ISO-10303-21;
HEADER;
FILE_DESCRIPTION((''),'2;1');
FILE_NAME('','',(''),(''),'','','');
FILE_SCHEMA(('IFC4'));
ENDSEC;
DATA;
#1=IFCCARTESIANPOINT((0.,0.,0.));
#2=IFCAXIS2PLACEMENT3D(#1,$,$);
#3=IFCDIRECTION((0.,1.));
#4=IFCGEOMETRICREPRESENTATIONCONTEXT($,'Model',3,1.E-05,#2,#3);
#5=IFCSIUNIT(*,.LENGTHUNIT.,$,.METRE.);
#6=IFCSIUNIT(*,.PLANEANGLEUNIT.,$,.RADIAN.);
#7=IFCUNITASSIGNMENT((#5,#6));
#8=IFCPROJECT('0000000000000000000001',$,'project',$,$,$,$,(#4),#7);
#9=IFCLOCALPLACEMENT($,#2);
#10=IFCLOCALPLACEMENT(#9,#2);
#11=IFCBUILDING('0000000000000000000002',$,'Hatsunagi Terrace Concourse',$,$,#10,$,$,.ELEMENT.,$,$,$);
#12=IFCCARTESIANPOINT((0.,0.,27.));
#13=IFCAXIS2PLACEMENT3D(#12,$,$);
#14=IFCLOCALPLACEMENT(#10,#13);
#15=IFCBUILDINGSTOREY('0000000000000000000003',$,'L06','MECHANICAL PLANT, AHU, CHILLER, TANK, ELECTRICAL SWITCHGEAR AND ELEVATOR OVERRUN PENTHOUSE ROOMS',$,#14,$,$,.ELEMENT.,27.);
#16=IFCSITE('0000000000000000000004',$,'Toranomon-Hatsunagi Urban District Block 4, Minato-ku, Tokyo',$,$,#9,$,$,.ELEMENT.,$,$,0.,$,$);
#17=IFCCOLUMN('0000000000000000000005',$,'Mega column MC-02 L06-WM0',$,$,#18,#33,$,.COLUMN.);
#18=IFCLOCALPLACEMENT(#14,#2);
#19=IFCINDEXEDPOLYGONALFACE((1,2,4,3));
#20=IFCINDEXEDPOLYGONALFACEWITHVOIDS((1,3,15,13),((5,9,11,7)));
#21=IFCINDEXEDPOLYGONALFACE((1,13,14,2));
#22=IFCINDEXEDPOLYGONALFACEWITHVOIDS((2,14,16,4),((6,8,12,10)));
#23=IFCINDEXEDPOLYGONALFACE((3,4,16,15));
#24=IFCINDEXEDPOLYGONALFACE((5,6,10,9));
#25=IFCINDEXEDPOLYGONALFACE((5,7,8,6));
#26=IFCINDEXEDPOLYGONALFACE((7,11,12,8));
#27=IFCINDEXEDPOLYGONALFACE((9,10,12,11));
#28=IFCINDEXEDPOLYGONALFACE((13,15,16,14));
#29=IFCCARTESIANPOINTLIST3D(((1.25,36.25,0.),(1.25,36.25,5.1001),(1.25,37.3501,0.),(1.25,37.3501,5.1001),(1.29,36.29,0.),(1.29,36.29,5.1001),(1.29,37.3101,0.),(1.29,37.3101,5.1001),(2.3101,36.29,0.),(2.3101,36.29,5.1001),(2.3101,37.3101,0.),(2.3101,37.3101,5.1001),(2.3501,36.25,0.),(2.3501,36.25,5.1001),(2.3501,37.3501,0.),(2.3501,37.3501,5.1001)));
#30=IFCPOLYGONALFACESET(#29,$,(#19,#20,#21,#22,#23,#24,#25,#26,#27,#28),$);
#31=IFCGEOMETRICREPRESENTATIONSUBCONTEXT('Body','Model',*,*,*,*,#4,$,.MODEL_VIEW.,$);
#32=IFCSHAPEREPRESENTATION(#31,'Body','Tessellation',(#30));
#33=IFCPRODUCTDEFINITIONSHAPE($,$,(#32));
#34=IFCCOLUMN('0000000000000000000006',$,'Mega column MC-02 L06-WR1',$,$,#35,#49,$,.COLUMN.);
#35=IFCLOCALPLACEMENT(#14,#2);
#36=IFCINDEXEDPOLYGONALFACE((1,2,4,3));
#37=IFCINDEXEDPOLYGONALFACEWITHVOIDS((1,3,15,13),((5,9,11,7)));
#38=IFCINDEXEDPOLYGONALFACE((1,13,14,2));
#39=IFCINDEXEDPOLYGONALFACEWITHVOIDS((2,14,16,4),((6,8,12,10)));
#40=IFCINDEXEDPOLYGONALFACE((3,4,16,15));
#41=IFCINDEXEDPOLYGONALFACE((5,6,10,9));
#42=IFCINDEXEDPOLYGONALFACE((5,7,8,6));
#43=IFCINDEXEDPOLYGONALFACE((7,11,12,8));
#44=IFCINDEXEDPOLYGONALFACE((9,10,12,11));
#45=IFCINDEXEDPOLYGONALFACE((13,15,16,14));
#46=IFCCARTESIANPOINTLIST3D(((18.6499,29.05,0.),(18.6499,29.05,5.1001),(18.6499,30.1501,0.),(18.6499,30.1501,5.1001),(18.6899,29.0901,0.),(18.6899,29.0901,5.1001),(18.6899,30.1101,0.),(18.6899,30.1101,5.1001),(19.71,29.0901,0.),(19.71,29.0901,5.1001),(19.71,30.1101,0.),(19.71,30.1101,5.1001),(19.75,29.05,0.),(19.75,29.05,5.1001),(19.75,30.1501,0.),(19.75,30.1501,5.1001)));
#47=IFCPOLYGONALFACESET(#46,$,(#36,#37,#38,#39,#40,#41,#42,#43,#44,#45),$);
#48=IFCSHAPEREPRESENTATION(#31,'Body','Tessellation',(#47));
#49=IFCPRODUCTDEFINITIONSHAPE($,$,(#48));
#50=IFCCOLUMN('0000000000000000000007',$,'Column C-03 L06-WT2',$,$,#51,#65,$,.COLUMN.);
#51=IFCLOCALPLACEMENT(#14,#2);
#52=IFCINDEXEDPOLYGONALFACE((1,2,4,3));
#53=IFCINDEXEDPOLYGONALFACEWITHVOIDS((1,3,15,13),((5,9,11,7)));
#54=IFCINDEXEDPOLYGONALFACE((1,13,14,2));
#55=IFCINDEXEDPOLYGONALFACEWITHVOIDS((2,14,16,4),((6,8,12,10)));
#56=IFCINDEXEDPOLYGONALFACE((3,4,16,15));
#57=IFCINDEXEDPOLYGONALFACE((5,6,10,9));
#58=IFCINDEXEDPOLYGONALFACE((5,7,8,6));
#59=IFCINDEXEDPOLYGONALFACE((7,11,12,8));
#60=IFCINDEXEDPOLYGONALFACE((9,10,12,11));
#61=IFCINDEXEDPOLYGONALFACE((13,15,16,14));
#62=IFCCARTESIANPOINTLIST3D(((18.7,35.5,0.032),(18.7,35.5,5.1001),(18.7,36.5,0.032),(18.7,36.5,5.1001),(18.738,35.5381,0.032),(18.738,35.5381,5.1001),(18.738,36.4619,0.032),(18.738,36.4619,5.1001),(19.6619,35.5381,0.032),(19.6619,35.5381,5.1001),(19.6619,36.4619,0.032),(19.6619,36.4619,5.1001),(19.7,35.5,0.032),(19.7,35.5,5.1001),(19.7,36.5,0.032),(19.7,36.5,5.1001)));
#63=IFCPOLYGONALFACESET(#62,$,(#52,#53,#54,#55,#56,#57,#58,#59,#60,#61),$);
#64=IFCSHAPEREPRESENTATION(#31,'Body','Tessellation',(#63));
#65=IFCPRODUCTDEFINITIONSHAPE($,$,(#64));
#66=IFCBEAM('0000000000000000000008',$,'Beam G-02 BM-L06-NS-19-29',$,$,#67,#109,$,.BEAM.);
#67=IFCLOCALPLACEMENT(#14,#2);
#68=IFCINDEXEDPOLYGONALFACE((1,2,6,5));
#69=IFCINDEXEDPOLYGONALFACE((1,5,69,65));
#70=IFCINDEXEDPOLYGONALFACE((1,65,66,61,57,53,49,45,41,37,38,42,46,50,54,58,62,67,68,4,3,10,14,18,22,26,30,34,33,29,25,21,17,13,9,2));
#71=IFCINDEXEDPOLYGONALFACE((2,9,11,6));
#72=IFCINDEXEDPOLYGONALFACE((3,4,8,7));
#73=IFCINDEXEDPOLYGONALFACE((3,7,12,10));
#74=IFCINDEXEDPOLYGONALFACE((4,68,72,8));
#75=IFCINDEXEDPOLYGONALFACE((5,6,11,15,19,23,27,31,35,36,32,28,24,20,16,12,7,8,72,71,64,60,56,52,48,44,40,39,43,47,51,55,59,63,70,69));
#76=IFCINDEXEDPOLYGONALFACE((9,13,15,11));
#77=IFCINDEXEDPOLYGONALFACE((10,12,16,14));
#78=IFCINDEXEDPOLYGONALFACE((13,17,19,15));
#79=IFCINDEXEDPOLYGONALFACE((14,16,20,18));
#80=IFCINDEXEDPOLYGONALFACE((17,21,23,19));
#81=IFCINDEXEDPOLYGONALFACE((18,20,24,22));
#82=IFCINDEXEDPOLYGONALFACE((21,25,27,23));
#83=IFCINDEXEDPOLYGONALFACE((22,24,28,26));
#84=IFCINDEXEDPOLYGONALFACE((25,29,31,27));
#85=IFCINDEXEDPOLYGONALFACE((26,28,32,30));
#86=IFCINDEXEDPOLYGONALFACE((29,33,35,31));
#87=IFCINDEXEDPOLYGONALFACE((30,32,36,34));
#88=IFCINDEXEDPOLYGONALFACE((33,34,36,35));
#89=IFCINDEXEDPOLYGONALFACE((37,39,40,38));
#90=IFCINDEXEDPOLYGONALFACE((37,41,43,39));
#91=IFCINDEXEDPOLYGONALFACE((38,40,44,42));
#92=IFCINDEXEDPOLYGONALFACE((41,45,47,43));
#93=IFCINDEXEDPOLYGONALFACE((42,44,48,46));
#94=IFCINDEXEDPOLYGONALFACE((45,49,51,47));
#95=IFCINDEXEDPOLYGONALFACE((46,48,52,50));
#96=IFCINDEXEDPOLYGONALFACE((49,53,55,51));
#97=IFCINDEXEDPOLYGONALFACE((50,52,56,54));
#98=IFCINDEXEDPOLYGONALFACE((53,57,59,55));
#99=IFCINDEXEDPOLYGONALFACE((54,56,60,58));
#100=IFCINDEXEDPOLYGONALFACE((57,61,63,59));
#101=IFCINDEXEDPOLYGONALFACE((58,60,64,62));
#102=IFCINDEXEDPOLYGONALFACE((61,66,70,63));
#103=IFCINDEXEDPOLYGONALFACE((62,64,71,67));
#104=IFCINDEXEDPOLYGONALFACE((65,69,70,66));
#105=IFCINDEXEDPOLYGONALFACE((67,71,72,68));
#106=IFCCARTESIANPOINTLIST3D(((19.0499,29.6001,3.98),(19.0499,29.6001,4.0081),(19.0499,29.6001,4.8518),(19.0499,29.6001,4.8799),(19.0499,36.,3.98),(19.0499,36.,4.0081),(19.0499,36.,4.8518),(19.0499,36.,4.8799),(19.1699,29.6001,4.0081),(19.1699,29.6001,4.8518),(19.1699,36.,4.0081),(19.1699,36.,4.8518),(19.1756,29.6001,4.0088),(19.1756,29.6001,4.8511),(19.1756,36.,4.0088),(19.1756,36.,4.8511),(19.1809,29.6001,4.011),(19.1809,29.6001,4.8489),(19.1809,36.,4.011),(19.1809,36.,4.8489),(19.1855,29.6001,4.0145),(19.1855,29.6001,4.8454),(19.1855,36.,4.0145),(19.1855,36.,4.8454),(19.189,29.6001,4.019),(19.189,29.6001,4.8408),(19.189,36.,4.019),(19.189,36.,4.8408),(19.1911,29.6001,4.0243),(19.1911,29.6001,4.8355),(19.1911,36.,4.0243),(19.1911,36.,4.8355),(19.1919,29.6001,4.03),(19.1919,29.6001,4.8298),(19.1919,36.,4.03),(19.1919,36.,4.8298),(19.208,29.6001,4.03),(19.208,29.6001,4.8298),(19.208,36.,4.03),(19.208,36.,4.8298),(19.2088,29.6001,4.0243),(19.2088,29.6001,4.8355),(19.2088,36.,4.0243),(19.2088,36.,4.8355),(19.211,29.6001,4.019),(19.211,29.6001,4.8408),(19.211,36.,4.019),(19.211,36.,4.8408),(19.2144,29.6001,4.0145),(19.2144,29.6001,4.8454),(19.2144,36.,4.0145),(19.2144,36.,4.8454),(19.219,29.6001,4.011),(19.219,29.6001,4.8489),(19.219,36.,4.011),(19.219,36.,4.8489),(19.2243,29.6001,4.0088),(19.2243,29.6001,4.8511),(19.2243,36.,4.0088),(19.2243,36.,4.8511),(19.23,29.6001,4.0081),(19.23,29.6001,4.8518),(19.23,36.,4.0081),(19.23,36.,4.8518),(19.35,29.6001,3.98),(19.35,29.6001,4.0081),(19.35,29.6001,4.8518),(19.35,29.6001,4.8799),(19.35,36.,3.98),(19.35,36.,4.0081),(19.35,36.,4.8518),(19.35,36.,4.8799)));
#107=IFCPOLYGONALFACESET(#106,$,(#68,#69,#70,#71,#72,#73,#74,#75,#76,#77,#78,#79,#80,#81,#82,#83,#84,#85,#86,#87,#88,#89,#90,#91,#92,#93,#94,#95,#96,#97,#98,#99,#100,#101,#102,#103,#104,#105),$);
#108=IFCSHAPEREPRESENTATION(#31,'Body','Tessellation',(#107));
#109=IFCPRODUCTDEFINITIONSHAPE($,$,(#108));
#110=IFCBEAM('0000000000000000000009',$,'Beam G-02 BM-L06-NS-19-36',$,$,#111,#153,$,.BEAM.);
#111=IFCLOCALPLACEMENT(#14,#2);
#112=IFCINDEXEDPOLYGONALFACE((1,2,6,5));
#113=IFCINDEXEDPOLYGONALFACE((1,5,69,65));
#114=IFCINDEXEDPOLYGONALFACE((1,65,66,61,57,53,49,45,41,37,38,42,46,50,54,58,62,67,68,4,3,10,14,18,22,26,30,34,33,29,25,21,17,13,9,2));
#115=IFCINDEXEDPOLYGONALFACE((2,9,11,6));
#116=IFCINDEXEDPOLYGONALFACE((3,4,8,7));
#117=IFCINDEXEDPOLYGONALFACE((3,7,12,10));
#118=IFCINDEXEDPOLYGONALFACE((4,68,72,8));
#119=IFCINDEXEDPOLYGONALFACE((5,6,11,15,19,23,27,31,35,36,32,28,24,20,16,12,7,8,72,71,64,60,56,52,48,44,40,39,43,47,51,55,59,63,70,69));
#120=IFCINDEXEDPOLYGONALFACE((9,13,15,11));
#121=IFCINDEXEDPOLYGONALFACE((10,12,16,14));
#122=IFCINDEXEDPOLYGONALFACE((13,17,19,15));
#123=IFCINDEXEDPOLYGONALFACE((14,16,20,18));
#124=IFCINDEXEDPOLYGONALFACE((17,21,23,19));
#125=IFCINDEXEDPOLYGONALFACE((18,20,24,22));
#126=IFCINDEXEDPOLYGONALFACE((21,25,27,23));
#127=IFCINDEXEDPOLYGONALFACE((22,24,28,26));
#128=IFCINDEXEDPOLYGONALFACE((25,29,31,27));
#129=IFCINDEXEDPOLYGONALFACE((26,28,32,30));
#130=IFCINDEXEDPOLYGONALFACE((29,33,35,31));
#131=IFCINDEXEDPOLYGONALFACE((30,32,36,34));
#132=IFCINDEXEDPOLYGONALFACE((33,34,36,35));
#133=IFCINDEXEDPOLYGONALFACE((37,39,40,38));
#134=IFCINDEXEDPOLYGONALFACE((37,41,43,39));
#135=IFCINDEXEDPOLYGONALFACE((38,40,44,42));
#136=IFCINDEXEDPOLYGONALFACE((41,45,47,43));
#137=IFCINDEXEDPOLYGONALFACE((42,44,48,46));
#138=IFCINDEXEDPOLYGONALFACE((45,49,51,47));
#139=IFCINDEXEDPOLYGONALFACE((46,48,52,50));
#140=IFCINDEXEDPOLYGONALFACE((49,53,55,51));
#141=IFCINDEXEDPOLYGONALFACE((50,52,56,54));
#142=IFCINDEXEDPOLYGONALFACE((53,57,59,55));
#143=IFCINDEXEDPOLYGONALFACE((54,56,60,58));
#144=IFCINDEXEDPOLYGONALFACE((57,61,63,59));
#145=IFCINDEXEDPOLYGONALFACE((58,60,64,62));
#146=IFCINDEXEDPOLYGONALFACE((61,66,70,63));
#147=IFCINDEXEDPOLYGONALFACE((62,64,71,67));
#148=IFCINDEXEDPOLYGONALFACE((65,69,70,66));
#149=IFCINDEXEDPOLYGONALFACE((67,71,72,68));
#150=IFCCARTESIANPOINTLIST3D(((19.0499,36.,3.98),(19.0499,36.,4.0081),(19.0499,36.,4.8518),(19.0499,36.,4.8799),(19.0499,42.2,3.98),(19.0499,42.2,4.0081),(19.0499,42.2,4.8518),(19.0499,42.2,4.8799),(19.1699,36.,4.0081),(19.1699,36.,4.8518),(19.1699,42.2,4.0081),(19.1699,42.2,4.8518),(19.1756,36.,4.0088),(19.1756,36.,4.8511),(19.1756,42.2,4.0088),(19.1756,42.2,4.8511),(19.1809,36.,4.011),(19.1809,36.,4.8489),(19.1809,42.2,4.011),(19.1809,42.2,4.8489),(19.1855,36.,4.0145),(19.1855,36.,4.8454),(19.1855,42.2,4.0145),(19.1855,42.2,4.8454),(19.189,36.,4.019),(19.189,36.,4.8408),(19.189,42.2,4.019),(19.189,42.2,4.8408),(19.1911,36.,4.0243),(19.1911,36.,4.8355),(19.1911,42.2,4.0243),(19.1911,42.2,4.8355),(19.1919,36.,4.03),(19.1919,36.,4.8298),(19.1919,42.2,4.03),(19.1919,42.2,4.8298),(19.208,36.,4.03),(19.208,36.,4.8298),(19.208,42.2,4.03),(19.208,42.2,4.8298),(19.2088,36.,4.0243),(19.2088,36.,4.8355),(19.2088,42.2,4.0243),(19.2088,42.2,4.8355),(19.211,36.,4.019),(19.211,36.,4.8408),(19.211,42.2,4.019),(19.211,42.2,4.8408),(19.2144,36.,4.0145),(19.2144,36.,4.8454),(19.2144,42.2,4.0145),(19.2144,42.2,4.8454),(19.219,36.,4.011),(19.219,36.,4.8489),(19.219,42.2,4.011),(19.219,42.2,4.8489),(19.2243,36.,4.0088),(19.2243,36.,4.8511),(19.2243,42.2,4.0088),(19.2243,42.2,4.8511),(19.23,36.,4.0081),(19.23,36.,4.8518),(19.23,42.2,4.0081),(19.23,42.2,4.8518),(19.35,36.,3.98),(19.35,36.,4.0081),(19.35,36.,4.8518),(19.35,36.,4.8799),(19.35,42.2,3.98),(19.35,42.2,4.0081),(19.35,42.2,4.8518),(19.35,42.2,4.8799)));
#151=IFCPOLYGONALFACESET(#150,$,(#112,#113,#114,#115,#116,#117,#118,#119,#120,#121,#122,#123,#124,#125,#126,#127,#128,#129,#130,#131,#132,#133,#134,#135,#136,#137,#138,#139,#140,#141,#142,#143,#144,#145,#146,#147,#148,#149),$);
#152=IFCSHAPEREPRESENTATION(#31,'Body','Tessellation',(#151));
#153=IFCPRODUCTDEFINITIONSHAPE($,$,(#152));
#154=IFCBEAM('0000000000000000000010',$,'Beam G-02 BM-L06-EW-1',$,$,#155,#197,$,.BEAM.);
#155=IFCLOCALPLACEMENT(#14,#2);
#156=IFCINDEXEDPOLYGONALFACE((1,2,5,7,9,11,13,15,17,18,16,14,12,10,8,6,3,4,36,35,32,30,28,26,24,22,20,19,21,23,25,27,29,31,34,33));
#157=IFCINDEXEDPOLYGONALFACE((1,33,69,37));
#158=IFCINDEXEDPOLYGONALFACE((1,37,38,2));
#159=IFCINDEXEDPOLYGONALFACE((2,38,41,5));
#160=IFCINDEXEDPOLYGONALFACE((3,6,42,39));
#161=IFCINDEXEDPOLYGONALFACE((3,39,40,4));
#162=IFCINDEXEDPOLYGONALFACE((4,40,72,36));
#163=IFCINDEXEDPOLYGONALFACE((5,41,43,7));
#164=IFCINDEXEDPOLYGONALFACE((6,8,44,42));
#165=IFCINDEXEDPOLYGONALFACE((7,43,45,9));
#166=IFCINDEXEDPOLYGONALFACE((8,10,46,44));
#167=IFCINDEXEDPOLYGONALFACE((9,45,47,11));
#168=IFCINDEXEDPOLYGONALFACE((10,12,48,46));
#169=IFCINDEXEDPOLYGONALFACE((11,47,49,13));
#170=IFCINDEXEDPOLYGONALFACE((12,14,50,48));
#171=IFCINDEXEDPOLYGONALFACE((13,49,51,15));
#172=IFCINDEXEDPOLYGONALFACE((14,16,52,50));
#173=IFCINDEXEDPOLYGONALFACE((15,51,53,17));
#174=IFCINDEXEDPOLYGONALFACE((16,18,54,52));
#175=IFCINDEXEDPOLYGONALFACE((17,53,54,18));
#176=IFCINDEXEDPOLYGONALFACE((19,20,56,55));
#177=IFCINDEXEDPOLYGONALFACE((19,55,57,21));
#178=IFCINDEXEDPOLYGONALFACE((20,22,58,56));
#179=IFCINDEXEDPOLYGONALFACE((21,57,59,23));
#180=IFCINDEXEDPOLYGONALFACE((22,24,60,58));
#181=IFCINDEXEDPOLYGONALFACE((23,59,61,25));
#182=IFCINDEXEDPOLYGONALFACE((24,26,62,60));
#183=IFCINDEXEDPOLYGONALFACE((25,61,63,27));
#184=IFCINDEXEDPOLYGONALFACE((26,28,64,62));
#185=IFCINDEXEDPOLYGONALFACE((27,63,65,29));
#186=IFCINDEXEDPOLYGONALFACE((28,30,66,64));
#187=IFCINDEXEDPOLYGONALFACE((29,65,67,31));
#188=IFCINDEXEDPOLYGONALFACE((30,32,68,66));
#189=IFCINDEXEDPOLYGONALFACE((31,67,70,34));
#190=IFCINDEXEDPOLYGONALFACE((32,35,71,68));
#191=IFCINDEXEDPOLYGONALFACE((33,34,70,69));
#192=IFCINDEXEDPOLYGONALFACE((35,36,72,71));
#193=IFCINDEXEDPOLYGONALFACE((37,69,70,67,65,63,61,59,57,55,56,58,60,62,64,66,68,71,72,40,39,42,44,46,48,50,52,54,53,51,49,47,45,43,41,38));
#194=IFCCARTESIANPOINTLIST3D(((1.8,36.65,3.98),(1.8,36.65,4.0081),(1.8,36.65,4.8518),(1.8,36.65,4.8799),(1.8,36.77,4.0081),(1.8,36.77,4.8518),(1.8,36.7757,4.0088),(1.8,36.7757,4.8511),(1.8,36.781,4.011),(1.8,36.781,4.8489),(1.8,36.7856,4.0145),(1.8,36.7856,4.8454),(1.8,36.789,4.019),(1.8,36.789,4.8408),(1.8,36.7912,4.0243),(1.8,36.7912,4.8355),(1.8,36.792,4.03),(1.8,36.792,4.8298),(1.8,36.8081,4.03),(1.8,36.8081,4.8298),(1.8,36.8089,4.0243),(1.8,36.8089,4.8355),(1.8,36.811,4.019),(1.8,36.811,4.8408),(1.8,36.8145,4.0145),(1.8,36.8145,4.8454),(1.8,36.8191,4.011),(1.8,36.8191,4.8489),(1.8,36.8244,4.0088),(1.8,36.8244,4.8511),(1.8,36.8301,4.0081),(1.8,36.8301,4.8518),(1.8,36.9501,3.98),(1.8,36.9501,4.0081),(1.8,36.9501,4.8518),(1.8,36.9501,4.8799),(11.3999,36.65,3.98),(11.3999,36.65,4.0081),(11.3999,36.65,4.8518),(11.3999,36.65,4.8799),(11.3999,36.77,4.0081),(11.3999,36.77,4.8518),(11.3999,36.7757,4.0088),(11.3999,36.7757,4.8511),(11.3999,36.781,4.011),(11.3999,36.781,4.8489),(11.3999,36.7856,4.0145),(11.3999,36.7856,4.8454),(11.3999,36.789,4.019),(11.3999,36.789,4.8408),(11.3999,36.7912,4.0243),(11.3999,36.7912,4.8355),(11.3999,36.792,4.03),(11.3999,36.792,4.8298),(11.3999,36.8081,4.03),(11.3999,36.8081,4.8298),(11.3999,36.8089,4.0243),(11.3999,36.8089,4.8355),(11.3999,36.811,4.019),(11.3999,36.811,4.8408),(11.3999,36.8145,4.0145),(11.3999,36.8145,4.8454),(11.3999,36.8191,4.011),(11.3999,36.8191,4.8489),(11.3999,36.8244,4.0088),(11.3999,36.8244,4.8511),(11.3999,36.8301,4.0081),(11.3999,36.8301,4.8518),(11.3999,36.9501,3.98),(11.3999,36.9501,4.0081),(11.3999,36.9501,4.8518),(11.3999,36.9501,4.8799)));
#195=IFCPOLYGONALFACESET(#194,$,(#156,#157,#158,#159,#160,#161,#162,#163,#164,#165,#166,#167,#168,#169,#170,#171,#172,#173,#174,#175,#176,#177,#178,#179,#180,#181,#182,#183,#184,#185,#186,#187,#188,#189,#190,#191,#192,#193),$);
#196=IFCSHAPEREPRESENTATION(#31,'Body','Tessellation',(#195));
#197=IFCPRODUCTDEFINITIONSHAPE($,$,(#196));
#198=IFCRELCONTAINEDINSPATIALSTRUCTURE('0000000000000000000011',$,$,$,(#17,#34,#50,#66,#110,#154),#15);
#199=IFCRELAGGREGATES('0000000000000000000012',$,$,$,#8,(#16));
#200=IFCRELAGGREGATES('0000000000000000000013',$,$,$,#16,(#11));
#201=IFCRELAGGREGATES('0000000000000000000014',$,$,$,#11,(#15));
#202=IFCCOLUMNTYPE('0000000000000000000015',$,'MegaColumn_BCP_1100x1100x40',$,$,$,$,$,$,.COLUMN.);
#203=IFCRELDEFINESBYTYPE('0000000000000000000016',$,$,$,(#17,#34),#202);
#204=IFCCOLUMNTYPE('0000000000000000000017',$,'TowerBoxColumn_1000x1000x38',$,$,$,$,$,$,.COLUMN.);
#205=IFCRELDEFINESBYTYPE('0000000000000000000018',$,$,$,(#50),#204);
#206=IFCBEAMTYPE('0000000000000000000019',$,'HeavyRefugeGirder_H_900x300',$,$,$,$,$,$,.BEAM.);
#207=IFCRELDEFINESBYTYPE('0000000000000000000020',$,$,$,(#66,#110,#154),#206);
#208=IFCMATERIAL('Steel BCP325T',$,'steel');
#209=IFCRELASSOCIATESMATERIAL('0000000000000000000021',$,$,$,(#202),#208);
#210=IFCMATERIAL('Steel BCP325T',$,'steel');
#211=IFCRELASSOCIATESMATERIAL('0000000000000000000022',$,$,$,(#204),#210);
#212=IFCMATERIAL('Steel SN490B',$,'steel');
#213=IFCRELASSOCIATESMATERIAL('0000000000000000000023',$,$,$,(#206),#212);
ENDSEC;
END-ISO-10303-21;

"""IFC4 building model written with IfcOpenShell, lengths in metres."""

from ifc_helpers import new_model, si_unit, direction, frame, origin, origin_2d, place, context, subcontext, project, spatial, hollow_rectangle, i_section, extrude, material, material_profile, profile_set, type_object, element, save


model = new_model("IFC4")

# Units and contexts
model_context = context("Model", 3, precision=1e-05, world=origin(), true_north=direction((0.0, 1.0)))
body_context = subcontext(model_context, "Body", "Model", "MODEL_VIEW")
ifc_project = project(units=[si_unit("LENGTHUNIT", "METRE"), si_unit("PLANEANGLEUNIT", "RADIAN")], contexts=[model_context])

# Site, building, storey
site_placement = place(None, origin())
site = spatial("IfcSite", under=ifc_project, at=site_placement, Name="Toranomon-Hatsunagi Urban District Block 4, Minato-ku, Tokyo", CompositionType="ELEMENT", RefElevation=0.0)
building_placement = place(site_placement, origin())
building = spatial("IfcBuilding", under=site, at=building_placement, Name="Hatsunagi Terrace Concourse", CompositionType="ELEMENT")
storey_placement = place(building_placement, frame((0.0, 0.0, 27.0)))
storey = spatial("IfcBuildingStorey", under=building, at=storey_placement, Name="L06", Description="MECHANICAL PLANT, AHU, CHILLER, TANK, ELECTRICAL SWITCHGEAR AND ELEVATOR OVERRUN PENTHOUSE ROOMS", CompositionType="ELEMENT", Elevation=27.0)

# Columns
ifc_material_1 = material(Name="Steel BCP325T", Category="steel")
ifc_material_profile_1 = material_profile(ifc_material_1, hollow_rectangle(XDim=1.1001, YDim=1.1001, WallThickness=0.04, at=origin_2d()), Name="BCP-1100x1100x40")
ifc_profile_set_1 = profile_set([ifc_material_profile_1], Name="Steel BCP325T")
column_type_1 = type_object("IfcColumnType", Name="MegaColumn_BCP_1100x1100x40", PredefinedType="COLUMN", material=ifc_profile_set_1)
for number, where, z_axis, x_axis, name in (
    (1, (1.8, 36.8, 0.0), (0.0, 0.0, 1.0), (1.0, 0.0, 0.0), "Mega column MC-02 L06-WM0"),
    (2, (19.2, 29.6001, 0.0), (0.0, 0.0, 1.0), (1.0, 0.0, 0.0), "Mega column MC-02 L06-WR1"),
):
    element("IfcColumn", number, at=place(storey_placement, frame(where, z_axis=z_axis, x_axis=x_axis)), inside=storey, type_object=column_type_1, Name=name, PredefinedType="COLUMN", context=body_context, shape_type="SweptSolid", body=[
        extrude(hollow_rectangle(XDim=1.1001, YDim=1.1001, WallThickness=0.04, at=origin_2d()), origin(), (0.0, 0.0, 1.0), 5.1001),
    ])
ifc_material_2 = material(Name="Steel BCP325T", Category="steel")
ifc_material_profile_2 = material_profile(ifc_material_2, hollow_rectangle(XDim=1.0, YDim=1.0, WallThickness=0.0381, at=origin_2d()), Name="BCP-1000x1000x38")
ifc_profile_set_2 = profile_set([ifc_material_profile_2], Name="Steel BCP325T")
column_type_2 = type_object("IfcColumnType", Name="TowerBoxColumn_1000x1000x38", PredefinedType="COLUMN", material=ifc_profile_set_2)
column_placement = place(storey_placement, frame((19.2, 36.0, 0.032), z_axis=(0.0, 0.0, 1.0), x_axis=(1.0, 0.0, 0.0)))
element("IfcColumn", 3, at=column_placement, inside=storey, type_object=column_type_2, Name="Column C-03 L06-WT2", PredefinedType="COLUMN", context=body_context, shape_type="SweptSolid", body=[
    extrude(hollow_rectangle(XDim=1.0, YDim=1.0, WallThickness=0.0381, at=origin_2d()), origin(), (0.0, 0.0, 1.0), 5.0681),
])

# Beams
ifc_material_3 = material(Name="Steel SN490B", Category="steel")
ifc_material_profile_3 = material_profile(ifc_material_3, i_section(OverallWidth=0.3, OverallDepth=0.8999, WebThickness=0.0161, FlangeThickness=0.0281, FilletRadius=0.022, at=origin_2d()), Name="H-900x300x16x28")
ifc_profile_set_3 = profile_set([ifc_material_profile_3], Name="Steel SN490B")
beam_type_1 = type_object("IfcBeamType", Name="HeavyRefugeGirder_H_900x300", PredefinedType="BEAM", material=ifc_profile_set_3)
beam_1_placement = place(storey_placement, frame((19.2, 29.6001, 4.4299), z_axis=(0.0, 1.0, 0.0), x_axis=(-1.0, 0.0, 0.0)))
element("IfcBeam", 4, at=beam_1_placement, inside=storey, type_object=beam_type_1, Name="Beam G-02 BM-L06-NS-19-29", PredefinedType="BEAM", context=body_context, shape_type="SweptSolid", body=[
    extrude(i_section(OverallWidth=0.3, OverallDepth=0.8999, WebThickness=0.0161, FlangeThickness=0.0281, FilletRadius=0.022, at=origin_2d()), origin(), (0.0, 0.0, 1.0), 6.3999),
])
beam_2_placement = place(storey_placement, frame((19.2, 36.0, 4.4299), z_axis=(0.0, 1.0, 0.0), x_axis=(-1.0, 0.0, 0.0)))
element("IfcBeam", 5, at=beam_2_placement, inside=storey, type_object=beam_type_1, Name="Beam G-02 BM-L06-NS-19-36", PredefinedType="BEAM", context=body_context, shape_type="SweptSolid", body=[
    extrude(i_section(OverallWidth=0.3, OverallDepth=0.8999, WebThickness=0.0161, FlangeThickness=0.0281, FilletRadius=0.022, at=origin_2d()), origin(), (0.0, 0.0, 1.0), 6.2),
])
beam_3_placement = place(storey_placement, frame((1.8, 36.8, 4.4299), z_axis=(1.0, 0.0, 0.0), x_axis=(0.0, 1.0, 0.0)))
element("IfcBeam", 6, at=beam_3_placement, inside=storey, type_object=beam_type_1, Name="Beam G-02 BM-L06-EW-1", PredefinedType="BEAM", context=body_context, shape_type="SweptSolid", body=[
    extrude(i_section(OverallWidth=0.3, OverallDepth=0.8999, WebThickness=0.0161, FlangeThickness=0.0281, FilletRadius=0.022, at=origin_2d()), origin(), (0.0, 0.0, 1.0), 9.5999),
])

save(model, "model.ifc")
